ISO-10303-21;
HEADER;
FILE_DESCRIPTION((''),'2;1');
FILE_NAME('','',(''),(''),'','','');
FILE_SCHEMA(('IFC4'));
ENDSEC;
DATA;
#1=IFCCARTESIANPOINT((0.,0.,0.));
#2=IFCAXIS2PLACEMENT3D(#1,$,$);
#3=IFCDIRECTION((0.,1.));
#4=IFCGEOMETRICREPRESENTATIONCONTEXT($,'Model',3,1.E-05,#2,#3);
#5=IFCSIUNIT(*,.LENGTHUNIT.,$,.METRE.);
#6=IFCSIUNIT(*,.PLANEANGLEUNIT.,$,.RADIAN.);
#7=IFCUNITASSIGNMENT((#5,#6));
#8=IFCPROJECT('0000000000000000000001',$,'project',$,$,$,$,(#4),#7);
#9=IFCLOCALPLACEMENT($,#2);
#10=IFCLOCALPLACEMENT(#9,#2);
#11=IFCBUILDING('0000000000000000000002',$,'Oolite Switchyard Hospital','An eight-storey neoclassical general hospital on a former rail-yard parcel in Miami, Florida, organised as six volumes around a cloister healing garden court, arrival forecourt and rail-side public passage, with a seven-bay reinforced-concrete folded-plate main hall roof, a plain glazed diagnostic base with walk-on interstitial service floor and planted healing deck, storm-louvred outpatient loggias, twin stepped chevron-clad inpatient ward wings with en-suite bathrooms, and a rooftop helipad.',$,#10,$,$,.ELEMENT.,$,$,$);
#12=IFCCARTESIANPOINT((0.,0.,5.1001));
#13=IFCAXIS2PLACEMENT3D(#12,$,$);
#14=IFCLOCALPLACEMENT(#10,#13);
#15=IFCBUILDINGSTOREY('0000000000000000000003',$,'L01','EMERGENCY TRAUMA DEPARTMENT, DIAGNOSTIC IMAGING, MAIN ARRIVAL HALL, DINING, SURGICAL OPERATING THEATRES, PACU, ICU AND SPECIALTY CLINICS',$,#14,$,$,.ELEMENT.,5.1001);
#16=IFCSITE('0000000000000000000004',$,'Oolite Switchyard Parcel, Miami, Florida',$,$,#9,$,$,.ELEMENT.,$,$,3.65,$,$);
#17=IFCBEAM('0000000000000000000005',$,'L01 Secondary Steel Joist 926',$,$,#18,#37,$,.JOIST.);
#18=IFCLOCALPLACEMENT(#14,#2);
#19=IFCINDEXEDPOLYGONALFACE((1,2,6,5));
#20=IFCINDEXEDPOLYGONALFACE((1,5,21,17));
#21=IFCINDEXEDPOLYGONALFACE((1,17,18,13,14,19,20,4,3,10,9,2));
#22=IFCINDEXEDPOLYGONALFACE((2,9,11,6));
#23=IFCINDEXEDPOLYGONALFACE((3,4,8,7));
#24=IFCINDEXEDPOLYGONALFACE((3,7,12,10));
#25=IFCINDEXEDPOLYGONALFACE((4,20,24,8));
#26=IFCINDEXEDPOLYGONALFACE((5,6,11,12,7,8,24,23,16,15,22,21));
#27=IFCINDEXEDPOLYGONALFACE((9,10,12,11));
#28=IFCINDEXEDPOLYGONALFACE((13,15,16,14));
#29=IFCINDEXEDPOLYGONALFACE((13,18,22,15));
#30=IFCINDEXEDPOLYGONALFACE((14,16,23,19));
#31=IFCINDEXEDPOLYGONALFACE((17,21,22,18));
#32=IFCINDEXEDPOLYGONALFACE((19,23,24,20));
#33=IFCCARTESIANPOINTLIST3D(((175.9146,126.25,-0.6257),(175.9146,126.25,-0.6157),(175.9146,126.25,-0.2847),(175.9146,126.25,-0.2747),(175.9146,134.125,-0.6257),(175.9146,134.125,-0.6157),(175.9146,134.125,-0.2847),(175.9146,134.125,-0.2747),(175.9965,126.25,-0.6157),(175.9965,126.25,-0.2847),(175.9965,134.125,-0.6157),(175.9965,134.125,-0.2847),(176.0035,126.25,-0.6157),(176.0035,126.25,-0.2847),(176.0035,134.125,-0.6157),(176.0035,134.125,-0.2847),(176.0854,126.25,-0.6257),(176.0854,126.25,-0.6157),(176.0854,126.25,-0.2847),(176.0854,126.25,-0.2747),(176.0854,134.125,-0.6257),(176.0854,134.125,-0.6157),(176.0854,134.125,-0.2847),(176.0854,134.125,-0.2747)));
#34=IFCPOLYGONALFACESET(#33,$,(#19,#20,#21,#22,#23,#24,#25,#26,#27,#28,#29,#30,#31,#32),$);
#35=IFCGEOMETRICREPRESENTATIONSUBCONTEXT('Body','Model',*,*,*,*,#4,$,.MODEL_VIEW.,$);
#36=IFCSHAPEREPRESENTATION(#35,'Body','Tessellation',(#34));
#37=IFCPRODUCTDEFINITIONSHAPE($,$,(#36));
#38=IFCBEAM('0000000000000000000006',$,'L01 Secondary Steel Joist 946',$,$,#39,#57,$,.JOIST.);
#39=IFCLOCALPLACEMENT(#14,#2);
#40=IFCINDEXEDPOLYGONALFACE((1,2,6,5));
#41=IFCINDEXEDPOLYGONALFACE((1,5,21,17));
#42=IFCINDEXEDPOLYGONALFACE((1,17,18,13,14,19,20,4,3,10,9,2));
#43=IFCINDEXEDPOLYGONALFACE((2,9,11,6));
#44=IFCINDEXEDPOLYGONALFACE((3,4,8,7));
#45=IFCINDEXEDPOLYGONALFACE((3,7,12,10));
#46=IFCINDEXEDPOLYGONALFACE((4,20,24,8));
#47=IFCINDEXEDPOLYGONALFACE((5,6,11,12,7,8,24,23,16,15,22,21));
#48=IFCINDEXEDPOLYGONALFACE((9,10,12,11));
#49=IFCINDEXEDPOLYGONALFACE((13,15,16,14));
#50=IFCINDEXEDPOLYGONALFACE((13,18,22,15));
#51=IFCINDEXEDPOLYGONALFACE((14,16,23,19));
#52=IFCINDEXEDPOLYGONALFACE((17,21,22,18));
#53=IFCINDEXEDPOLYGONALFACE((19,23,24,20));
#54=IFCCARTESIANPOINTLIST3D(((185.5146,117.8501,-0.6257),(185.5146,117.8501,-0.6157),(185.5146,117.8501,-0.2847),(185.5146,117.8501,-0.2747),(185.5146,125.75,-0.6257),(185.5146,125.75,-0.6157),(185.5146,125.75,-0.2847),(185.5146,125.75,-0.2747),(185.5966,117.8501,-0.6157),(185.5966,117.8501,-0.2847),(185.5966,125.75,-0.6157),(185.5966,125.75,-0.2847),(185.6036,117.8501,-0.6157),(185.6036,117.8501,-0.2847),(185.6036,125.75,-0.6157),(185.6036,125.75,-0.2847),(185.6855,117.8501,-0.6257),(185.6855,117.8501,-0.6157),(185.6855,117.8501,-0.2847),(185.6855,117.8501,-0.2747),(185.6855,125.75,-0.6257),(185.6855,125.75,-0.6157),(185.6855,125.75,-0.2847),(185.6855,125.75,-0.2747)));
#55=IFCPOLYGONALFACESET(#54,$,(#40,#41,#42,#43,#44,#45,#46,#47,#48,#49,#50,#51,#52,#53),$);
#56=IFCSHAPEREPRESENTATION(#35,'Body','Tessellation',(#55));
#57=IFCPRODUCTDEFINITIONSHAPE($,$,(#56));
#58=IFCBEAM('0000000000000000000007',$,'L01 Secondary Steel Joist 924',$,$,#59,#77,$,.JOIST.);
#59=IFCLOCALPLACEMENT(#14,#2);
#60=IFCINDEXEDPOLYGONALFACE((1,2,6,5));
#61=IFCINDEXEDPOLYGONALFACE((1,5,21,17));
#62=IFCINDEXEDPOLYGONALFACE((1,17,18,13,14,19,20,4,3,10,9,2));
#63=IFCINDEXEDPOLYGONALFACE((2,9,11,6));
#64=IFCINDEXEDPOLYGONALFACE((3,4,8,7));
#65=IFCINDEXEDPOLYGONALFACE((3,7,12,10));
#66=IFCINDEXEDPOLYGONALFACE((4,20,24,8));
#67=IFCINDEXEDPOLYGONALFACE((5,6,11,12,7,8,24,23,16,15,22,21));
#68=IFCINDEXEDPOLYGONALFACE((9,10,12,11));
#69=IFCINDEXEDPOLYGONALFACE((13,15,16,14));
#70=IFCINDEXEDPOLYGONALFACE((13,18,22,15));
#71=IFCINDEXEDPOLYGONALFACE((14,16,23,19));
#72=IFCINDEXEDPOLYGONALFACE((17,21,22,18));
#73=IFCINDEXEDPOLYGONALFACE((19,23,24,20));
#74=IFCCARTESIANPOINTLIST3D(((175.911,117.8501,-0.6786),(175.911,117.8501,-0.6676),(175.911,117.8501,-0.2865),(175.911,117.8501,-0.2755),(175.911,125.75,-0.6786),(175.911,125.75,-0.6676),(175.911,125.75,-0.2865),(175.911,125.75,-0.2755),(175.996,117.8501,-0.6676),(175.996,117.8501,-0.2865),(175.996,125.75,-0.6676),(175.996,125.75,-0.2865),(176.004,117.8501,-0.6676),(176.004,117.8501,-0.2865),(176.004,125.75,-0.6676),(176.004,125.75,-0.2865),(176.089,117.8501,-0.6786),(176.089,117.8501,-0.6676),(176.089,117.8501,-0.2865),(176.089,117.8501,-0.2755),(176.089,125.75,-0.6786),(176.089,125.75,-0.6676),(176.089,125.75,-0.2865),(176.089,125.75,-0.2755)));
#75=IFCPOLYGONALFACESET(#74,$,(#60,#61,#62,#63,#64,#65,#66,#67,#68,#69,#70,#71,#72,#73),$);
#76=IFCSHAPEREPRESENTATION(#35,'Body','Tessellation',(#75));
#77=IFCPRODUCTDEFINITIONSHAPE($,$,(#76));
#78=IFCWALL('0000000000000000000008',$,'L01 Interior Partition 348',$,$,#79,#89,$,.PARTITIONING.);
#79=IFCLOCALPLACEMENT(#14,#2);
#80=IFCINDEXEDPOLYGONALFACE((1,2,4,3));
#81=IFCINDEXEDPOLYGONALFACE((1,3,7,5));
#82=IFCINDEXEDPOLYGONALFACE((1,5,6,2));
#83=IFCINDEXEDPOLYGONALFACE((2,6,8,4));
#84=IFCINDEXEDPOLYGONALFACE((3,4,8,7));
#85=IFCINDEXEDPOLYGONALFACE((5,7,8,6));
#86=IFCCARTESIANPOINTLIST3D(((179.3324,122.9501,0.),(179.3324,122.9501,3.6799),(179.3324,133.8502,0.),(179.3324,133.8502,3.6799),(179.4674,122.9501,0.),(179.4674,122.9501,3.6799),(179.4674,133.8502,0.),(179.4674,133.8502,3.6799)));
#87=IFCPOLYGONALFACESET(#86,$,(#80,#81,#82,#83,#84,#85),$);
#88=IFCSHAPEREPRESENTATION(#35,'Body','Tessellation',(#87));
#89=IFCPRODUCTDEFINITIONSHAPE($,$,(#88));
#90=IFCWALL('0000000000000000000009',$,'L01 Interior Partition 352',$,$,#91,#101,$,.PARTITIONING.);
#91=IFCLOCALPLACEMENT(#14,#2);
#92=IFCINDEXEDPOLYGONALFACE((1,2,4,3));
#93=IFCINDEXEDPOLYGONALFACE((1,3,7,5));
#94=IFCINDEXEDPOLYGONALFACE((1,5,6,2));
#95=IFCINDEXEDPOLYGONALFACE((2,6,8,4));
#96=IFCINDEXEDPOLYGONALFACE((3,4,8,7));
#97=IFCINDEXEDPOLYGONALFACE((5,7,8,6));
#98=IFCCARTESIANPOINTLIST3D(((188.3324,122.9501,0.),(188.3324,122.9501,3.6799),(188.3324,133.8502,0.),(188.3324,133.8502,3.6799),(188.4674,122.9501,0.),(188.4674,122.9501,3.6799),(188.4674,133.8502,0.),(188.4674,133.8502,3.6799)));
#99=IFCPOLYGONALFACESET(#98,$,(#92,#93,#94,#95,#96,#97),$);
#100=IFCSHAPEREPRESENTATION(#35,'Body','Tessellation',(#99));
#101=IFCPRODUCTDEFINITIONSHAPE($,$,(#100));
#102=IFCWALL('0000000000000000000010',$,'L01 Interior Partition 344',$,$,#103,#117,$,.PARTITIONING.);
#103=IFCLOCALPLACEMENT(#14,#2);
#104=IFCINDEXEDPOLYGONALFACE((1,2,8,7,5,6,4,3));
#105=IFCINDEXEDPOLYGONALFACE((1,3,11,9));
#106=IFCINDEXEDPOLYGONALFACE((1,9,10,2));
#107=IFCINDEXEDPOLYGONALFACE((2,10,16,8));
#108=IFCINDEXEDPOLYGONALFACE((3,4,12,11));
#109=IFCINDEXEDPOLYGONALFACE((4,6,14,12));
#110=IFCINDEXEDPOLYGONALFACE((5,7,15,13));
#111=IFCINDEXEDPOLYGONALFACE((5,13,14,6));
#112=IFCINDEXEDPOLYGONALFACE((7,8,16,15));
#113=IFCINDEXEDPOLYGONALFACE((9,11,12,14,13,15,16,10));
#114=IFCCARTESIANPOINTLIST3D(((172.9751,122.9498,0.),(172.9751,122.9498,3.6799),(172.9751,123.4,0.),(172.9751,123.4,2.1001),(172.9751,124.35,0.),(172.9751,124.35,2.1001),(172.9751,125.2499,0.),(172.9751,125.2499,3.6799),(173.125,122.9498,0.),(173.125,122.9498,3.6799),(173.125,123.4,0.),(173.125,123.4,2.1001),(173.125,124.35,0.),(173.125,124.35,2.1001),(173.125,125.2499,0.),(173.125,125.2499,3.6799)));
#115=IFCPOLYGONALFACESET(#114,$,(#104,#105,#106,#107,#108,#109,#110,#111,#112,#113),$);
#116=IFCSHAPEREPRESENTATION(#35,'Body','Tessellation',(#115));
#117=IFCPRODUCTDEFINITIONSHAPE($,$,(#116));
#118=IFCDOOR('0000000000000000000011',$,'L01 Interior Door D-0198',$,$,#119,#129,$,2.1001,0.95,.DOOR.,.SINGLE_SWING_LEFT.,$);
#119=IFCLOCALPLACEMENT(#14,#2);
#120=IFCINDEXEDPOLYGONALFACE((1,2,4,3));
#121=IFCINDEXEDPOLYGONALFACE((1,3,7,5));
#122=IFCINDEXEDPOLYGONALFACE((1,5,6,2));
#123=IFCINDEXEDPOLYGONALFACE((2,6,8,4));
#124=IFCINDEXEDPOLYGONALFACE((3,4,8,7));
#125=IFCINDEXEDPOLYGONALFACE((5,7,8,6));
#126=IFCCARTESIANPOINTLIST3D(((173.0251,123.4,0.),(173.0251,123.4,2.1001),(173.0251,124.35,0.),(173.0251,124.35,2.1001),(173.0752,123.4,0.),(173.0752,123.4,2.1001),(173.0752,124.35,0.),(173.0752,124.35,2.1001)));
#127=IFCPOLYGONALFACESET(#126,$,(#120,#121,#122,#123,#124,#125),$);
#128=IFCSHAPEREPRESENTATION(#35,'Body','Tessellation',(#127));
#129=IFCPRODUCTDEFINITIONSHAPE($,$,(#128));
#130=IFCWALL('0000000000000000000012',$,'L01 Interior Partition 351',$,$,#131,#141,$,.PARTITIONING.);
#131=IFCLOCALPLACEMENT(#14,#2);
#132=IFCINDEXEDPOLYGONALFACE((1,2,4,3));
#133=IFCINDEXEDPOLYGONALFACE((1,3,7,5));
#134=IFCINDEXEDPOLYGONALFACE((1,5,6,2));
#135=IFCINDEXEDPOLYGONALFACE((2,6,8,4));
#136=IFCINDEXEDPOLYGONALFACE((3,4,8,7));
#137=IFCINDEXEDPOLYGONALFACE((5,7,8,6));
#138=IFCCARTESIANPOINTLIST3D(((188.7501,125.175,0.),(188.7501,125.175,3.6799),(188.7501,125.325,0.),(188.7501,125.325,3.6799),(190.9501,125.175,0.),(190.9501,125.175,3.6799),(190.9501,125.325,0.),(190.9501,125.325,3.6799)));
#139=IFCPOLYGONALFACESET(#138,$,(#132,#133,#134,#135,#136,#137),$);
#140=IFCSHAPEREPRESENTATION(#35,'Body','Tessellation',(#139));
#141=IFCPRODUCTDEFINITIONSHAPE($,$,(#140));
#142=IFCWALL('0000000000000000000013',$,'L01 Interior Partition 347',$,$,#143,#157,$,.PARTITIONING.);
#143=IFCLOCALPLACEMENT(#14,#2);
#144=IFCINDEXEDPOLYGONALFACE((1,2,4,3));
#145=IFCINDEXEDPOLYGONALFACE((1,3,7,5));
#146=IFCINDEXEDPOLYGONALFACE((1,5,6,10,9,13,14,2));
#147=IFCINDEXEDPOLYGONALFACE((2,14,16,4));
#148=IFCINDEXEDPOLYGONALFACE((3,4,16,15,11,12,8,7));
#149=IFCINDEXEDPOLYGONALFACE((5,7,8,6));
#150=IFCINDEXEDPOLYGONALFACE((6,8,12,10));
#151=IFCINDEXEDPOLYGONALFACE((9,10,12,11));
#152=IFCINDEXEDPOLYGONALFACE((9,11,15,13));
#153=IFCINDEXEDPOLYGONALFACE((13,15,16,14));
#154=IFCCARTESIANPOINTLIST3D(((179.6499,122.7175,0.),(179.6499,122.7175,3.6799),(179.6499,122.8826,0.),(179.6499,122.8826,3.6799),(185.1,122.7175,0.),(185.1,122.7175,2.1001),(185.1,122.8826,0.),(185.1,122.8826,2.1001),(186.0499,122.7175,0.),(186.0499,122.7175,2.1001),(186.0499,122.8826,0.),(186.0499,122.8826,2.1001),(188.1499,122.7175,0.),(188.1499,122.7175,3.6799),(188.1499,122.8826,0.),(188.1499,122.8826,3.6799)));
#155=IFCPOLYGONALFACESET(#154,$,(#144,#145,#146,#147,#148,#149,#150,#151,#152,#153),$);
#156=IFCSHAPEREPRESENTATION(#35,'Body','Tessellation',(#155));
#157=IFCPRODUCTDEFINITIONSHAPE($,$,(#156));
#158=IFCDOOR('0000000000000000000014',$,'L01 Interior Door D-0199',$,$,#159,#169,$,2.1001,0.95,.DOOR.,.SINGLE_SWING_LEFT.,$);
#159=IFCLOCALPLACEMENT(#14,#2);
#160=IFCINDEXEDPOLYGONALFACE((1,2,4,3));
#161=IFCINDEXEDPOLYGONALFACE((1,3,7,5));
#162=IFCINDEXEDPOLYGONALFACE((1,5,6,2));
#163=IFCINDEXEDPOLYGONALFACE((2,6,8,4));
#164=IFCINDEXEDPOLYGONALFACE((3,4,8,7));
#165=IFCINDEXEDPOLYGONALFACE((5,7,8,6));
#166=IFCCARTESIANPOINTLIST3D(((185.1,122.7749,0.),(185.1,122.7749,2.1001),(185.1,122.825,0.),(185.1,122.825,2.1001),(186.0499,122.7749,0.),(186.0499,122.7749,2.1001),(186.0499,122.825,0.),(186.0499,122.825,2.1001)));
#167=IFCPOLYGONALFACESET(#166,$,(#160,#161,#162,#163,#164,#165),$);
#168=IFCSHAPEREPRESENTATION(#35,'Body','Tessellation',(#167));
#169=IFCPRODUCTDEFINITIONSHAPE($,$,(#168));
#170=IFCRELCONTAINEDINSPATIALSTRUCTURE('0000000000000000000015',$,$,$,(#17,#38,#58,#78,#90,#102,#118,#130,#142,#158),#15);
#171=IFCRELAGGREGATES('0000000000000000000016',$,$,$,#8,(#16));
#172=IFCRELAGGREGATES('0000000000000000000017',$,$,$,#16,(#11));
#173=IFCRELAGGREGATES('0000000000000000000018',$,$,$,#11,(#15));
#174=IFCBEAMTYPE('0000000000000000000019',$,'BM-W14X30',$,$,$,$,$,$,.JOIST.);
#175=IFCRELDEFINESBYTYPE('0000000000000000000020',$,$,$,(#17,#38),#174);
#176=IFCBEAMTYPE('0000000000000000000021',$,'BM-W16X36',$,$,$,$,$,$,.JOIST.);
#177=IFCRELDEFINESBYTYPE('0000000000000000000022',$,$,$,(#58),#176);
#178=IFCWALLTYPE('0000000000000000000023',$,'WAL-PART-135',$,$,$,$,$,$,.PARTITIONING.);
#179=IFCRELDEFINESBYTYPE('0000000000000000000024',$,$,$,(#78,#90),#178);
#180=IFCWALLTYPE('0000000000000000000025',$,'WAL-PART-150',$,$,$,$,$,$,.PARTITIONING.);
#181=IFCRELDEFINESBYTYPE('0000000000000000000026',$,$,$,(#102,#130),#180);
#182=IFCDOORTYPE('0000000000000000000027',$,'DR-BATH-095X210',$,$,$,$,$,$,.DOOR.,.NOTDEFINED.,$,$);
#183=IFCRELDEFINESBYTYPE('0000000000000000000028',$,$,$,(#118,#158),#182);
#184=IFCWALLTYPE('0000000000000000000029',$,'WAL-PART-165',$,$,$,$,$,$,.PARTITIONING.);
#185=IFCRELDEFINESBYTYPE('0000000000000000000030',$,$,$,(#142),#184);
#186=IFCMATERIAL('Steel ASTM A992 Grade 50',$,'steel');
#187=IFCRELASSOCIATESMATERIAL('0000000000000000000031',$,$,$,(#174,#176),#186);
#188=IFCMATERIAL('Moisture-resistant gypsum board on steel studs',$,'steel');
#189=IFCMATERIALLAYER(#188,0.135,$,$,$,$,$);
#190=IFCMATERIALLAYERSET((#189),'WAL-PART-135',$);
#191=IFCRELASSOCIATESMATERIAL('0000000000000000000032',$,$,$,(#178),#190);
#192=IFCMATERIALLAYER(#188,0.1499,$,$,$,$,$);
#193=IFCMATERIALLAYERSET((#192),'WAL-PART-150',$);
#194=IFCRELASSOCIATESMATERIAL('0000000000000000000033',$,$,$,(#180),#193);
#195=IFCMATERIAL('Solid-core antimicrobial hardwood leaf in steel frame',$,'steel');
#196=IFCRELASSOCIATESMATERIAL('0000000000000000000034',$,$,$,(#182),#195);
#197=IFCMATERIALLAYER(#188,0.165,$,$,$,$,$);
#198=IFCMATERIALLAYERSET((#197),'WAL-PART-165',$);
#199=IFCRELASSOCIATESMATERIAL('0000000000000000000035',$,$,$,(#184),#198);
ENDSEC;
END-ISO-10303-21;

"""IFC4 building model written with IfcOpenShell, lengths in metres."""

from ifc_helpers import new_model, si_unit, direction, frame, frame_2d, origin, origin_2d, place, context, subcontext, project, spatial, rectangle, i_section, extrude, material, layer, layer_set, material_profile, profile_set, type_object, element, fill, save


model = new_model("IFC4")

# Units and contexts
model_context = context("Model", 3, precision=1e-05, world=origin(), true_north=direction((0.0, 1.0)))
body_context = subcontext(model_context, "Body", "Model", "MODEL_VIEW")
ifc_project = project(units=[si_unit("LENGTHUNIT", "METRE"), si_unit("PLANEANGLEUNIT", "RADIAN")], contexts=[model_context])

# Site, building, storey
site_placement = place(None, origin())
site = spatial("IfcSite", under=ifc_project, at=site_placement, Name="Oolite Switchyard Parcel, Miami, Florida", CompositionType="ELEMENT", RefElevation=3.65)
building_placement = place(site_placement, origin())
building = spatial("IfcBuilding", under=site, at=building_placement, Name="Oolite Switchyard Hospital", Description="An eight-storey neoclassical general hospital on a former rail-yard parcel in Miami, Florida, organised as six volumes around a cloister healing garden court, arrival forecourt and rail-side public passage, with a seven-bay reinforced-concrete folded-plate main hall roof, a plain glazed diagnostic base with walk-on interstitial service floor and planted healing deck, storm-louvred outpatient loggias, twin stepped chevron-clad inpatient ward wings with en-suite bathrooms, and a rooftop helipad.", CompositionType="ELEMENT")
storey_placement = place(building_placement, frame((0.0, 0.0, 5.1001)))
storey = spatial("IfcBuildingStorey", under=building, at=storey_placement, Name="L01", Description="EMERGENCY TRAUMA DEPARTMENT, DIAGNOSTIC IMAGING, MAIN ARRIVAL HALL, DINING, SURGICAL OPERATING THEATRES, PACU, ICU AND SPECIALTY CLINICS", CompositionType="ELEMENT", Elevation=5.1001)

# Beams
ifc_material_1 = material(Name="Steel ASTM A992 Grade 50", Category="steel")
ifc_material_profile_1 = material_profile(ifc_material_1, i_section(OverallWidth=0.1709, OverallDepth=0.3511, WebThickness=0.0071, FlangeThickness=0.01, at=origin_2d()), Name="W14X30")
ifc_profile_set_1 = profile_set([ifc_material_profile_1], Name="Steel ASTM A992 Grade 50")
beam_type_1 = type_object("IfcBeamType", Name="BM-W14X30", PredefinedType="JOIST", material=ifc_profile_set_1)
beam_1_placement = place(storey_placement, frame((176.0, 126.25, -0.4502), z_axis=(0.0, 1.0, 0.0), x_axis=(-1.0, 0.0, 0.0)))
element("IfcBeam", 1, at=beam_1_placement, inside=storey, type_object=beam_type_1, Name="L01 Secondary Steel Joist 926", PredefinedType="JOIST", context=body_context, shape_type="SweptSolid", body=[
    extrude(i_section(OverallWidth=0.1709, OverallDepth=0.3511, WebThickness=0.0071, FlangeThickness=0.01, at=origin_2d()), origin(), (0.0, 0.0, 1.0), 7.875),
])
beam_2_placement = place(storey_placement, frame((185.6001, 117.8501, -0.4502), z_axis=(0.0, 1.0, 0.0), x_axis=(-1.0, 0.0, 0.0)))
element("IfcBeam", 2, at=beam_2_placement, inside=storey, type_object=beam_type_1, Name="L01 Secondary Steel Joist 946", PredefinedType="JOIST", context=body_context, shape_type="SweptSolid", body=[
    extrude(i_section(OverallWidth=0.1709, OverallDepth=0.3511, WebThickness=0.0071, FlangeThickness=0.01, at=origin_2d()), origin(), (0.0, 0.0, 1.0), 7.8999),
])
ifc_material_profile_2 = material_profile(ifc_material_1, i_section(OverallWidth=0.178, OverallDepth=0.4031, WebThickness=0.0081, FlangeThickness=0.011, at=origin_2d()), Name="W16X36")
ifc_profile_set_2 = profile_set([ifc_material_profile_2], Name="Steel ASTM A992 Grade 50")
beam_type_2 = type_object("IfcBeamType", Name="BM-W16X36", PredefinedType="JOIST", material=ifc_profile_set_2)
beam_3_placement = place(storey_placement, frame((176.0, 117.8501, -0.4771), z_axis=(0.0, 1.0, 0.0), x_axis=(-1.0, 0.0, 0.0)))
element("IfcBeam", 3, at=beam_3_placement, inside=storey, type_object=beam_type_2, Name="L01 Secondary Steel Joist 924", PredefinedType="JOIST", context=body_context, shape_type="SweptSolid", body=[
    extrude(i_section(OverallWidth=0.178, OverallDepth=0.4031, WebThickness=0.0081, FlangeThickness=0.011, at=origin_2d()), origin(), (0.0, 0.0, 1.0), 7.8999),
])

# Walls
ifc_material_2 = material(Name="Moisture-resistant gypsum board on steel studs", Category="steel")
ifc_layer_1 = layer(ifc_material_2, 0.135)
ifc_layer_set_1 = layer_set([ifc_layer_1], Name="WAL-PART-135")
wall_type_1 = type_object("IfcWallType", Name="WAL-PART-135", PredefinedType="PARTITIONING", material=ifc_layer_set_1)
for number, where, z_axis, x_axis, name in (
    (4, (179.3999, 122.95, 0.0), (0.0, 0.0, 1.0), (0.0, 1.0, 0.0), "L01 Interior Partition 348"),
    (5, (188.3999, 122.95, 0.0), (0.0, 0.0, 1.0), (0.0, 1.0, 0.0), "L01 Interior Partition 352"),
):
    element("IfcWall", number, at=place(storey_placement, frame(where, z_axis=z_axis, x_axis=x_axis)), inside=storey, type_object=wall_type_1, Name=name, PredefinedType="PARTITIONING", context=body_context, shape_type="SweptSolid", body=[
        extrude(rectangle(XDim=10.9001, YDim=0.135, at=frame_2d((5.4502, 0.0))), origin(), (0.0, 0.0, 1.0), 3.6799),
    ])

# Wall, opening, door
ifc_layer_2 = layer(ifc_material_2, 0.1499)
ifc_layer_set_2 = layer_set([ifc_layer_2], Name="WAL-PART-150")
wall_type_2 = type_object("IfcWallType", Name="WAL-PART-150", PredefinedType="PARTITIONING", material=ifc_layer_set_2)
wall_1_placement = place(storey_placement, frame((173.05, 122.95, 0.0), z_axis=(0.0, 0.0, 1.0), x_axis=(0.0, 1.0, 0.0)))
wall_1 = element("IfcWall", 6, at=wall_1_placement, inside=storey, type_object=wall_type_2, Name="L01 Interior Partition 344", PredefinedType="PARTITIONING", context=body_context, shape_type="SweptSolid", body=[
    extrude(rectangle(XDim=2.3, YDim=0.1499, at=frame_2d((1.1499, 0.0))), origin(), (0.0, 0.0, 1.0), 3.6799),
])
opening_1_placement = place(wall_1_placement, frame((0.45, 0.0, 0.0)))
opening_1 = element("IfcOpeningElement", 7, at=opening_1_placement, cuts=wall_1, PredefinedType="OPENING", context=body_context, shape_type="SweptSolid", body=[
    extrude(rectangle(XDim=0.95, YDim=2.1001, at=frame_2d((0.4751, 1.05))), frame((0.0, 0.085, 0.0), z_axis=(0.0, -1.0, 0.0), x_axis=(1.0, 0.0, 0.0)), (0.0, 0.0, 1.0), 0.1699),
])
ifc_material_3 = material(Name="Solid-core antimicrobial hardwood leaf in steel frame", Category="steel")
door_type_1 = type_object("IfcDoorType", Name="DR-BATH-095X210", OperationType="NOTDEFINED", PredefinedType="DOOR", material=ifc_material_3)
door_1_placement = place(opening_1_placement, origin())
door_1 = element("IfcDoor", 8, at=door_1_placement, inside=storey, type_object=door_type_1, Name="L01 Interior Door D-0198", OperationType="SINGLE_SWING_LEFT", OverallHeight=2.1001, OverallWidth=0.95, PredefinedType="DOOR", context=body_context, shape_type="SweptSolid", body=[
    extrude(rectangle(XDim=0.95, YDim=2.1001, at=frame_2d((0.4751, 1.05))), frame((0.0, 0.0249, 0.0), z_axis=(0.0, -1.0, 0.0), x_axis=(1.0, 0.0, 0.0)), (0.0, 0.0, 1.0), 0.05),
])
fill(opening_1, door_1)

# Wall
wall_2_placement = place(storey_placement, frame((188.75, 125.25, 0.0), z_axis=(0.0, 0.0, 1.0), x_axis=(1.0, 0.0, 0.0)))
element("IfcWall", 9, at=wall_2_placement, inside=storey, type_object=wall_type_2, Name="L01 Interior Partition 351", PredefinedType="PARTITIONING", context=body_context, shape_type="SweptSolid", body=[
    extrude(rectangle(XDim=2.2, YDim=0.1499, at=frame_2d((1.1001, 0.0))), origin(), (0.0, 0.0, 1.0), 3.6799),
])

# Wall, opening, door
ifc_layer_3 = layer(ifc_material_2, 0.165)
ifc_layer_set_3 = layer_set([ifc_layer_3], Name="WAL-PART-165")
wall_type_3 = type_object("IfcWallType", Name="WAL-PART-165", PredefinedType="PARTITIONING", material=ifc_layer_set_3)
wall_3_placement = place(storey_placement, frame((179.6499, 122.8, 0.0), z_axis=(0.0, 0.0, 1.0), x_axis=(1.0, 0.0, 0.0)))
wall_3 = element("IfcWall", 10, at=wall_3_placement, inside=storey, type_object=wall_type_3, Name="L01 Interior Partition 347", PredefinedType="PARTITIONING", context=body_context, shape_type="SweptSolid", body=[
    extrude(rectangle(XDim=8.5, YDim=0.165, at=frame_2d((4.25, 0.0))), origin(), (0.0, 0.0, 1.0), 3.6799),
])
opening_2_placement = place(wall_3_placement, frame((5.45, 0.0, 0.0)))
opening_2 = element("IfcOpeningElement", 11, at=opening_2_placement, cuts=wall_3, PredefinedType="OPENING", context=body_context, shape_type="SweptSolid", body=[
    extrude(rectangle(XDim=0.95, YDim=2.1001, at=frame_2d((0.4751, 1.05))), frame((0.0, 0.0925, 0.0), z_axis=(0.0, -1.0, 0.0), x_axis=(1.0, 0.0, 0.0)), (0.0, 0.0, 1.0), 0.1851),
])
door_2_placement = place(opening_2_placement, origin())
door_2 = element("IfcDoor", 12, at=door_2_placement, inside=storey, type_object=door_type_1, Name="L01 Interior Door D-0199", OperationType="SINGLE_SWING_LEFT", OverallHeight=2.1001, OverallWidth=0.95, PredefinedType="DOOR", context=body_context, shape_type="SweptSolid", body=[
    extrude(rectangle(XDim=0.95, YDim=2.1001, at=frame_2d((0.4751, 1.05))), frame((0.0, 0.0249, 0.0), z_axis=(0.0, -1.0, 0.0), x_axis=(1.0, 0.0, 0.0)), (0.0, 0.0, 1.0), 0.05),
])
fill(opening_2, door_2)

save(model, "model.ifc")
